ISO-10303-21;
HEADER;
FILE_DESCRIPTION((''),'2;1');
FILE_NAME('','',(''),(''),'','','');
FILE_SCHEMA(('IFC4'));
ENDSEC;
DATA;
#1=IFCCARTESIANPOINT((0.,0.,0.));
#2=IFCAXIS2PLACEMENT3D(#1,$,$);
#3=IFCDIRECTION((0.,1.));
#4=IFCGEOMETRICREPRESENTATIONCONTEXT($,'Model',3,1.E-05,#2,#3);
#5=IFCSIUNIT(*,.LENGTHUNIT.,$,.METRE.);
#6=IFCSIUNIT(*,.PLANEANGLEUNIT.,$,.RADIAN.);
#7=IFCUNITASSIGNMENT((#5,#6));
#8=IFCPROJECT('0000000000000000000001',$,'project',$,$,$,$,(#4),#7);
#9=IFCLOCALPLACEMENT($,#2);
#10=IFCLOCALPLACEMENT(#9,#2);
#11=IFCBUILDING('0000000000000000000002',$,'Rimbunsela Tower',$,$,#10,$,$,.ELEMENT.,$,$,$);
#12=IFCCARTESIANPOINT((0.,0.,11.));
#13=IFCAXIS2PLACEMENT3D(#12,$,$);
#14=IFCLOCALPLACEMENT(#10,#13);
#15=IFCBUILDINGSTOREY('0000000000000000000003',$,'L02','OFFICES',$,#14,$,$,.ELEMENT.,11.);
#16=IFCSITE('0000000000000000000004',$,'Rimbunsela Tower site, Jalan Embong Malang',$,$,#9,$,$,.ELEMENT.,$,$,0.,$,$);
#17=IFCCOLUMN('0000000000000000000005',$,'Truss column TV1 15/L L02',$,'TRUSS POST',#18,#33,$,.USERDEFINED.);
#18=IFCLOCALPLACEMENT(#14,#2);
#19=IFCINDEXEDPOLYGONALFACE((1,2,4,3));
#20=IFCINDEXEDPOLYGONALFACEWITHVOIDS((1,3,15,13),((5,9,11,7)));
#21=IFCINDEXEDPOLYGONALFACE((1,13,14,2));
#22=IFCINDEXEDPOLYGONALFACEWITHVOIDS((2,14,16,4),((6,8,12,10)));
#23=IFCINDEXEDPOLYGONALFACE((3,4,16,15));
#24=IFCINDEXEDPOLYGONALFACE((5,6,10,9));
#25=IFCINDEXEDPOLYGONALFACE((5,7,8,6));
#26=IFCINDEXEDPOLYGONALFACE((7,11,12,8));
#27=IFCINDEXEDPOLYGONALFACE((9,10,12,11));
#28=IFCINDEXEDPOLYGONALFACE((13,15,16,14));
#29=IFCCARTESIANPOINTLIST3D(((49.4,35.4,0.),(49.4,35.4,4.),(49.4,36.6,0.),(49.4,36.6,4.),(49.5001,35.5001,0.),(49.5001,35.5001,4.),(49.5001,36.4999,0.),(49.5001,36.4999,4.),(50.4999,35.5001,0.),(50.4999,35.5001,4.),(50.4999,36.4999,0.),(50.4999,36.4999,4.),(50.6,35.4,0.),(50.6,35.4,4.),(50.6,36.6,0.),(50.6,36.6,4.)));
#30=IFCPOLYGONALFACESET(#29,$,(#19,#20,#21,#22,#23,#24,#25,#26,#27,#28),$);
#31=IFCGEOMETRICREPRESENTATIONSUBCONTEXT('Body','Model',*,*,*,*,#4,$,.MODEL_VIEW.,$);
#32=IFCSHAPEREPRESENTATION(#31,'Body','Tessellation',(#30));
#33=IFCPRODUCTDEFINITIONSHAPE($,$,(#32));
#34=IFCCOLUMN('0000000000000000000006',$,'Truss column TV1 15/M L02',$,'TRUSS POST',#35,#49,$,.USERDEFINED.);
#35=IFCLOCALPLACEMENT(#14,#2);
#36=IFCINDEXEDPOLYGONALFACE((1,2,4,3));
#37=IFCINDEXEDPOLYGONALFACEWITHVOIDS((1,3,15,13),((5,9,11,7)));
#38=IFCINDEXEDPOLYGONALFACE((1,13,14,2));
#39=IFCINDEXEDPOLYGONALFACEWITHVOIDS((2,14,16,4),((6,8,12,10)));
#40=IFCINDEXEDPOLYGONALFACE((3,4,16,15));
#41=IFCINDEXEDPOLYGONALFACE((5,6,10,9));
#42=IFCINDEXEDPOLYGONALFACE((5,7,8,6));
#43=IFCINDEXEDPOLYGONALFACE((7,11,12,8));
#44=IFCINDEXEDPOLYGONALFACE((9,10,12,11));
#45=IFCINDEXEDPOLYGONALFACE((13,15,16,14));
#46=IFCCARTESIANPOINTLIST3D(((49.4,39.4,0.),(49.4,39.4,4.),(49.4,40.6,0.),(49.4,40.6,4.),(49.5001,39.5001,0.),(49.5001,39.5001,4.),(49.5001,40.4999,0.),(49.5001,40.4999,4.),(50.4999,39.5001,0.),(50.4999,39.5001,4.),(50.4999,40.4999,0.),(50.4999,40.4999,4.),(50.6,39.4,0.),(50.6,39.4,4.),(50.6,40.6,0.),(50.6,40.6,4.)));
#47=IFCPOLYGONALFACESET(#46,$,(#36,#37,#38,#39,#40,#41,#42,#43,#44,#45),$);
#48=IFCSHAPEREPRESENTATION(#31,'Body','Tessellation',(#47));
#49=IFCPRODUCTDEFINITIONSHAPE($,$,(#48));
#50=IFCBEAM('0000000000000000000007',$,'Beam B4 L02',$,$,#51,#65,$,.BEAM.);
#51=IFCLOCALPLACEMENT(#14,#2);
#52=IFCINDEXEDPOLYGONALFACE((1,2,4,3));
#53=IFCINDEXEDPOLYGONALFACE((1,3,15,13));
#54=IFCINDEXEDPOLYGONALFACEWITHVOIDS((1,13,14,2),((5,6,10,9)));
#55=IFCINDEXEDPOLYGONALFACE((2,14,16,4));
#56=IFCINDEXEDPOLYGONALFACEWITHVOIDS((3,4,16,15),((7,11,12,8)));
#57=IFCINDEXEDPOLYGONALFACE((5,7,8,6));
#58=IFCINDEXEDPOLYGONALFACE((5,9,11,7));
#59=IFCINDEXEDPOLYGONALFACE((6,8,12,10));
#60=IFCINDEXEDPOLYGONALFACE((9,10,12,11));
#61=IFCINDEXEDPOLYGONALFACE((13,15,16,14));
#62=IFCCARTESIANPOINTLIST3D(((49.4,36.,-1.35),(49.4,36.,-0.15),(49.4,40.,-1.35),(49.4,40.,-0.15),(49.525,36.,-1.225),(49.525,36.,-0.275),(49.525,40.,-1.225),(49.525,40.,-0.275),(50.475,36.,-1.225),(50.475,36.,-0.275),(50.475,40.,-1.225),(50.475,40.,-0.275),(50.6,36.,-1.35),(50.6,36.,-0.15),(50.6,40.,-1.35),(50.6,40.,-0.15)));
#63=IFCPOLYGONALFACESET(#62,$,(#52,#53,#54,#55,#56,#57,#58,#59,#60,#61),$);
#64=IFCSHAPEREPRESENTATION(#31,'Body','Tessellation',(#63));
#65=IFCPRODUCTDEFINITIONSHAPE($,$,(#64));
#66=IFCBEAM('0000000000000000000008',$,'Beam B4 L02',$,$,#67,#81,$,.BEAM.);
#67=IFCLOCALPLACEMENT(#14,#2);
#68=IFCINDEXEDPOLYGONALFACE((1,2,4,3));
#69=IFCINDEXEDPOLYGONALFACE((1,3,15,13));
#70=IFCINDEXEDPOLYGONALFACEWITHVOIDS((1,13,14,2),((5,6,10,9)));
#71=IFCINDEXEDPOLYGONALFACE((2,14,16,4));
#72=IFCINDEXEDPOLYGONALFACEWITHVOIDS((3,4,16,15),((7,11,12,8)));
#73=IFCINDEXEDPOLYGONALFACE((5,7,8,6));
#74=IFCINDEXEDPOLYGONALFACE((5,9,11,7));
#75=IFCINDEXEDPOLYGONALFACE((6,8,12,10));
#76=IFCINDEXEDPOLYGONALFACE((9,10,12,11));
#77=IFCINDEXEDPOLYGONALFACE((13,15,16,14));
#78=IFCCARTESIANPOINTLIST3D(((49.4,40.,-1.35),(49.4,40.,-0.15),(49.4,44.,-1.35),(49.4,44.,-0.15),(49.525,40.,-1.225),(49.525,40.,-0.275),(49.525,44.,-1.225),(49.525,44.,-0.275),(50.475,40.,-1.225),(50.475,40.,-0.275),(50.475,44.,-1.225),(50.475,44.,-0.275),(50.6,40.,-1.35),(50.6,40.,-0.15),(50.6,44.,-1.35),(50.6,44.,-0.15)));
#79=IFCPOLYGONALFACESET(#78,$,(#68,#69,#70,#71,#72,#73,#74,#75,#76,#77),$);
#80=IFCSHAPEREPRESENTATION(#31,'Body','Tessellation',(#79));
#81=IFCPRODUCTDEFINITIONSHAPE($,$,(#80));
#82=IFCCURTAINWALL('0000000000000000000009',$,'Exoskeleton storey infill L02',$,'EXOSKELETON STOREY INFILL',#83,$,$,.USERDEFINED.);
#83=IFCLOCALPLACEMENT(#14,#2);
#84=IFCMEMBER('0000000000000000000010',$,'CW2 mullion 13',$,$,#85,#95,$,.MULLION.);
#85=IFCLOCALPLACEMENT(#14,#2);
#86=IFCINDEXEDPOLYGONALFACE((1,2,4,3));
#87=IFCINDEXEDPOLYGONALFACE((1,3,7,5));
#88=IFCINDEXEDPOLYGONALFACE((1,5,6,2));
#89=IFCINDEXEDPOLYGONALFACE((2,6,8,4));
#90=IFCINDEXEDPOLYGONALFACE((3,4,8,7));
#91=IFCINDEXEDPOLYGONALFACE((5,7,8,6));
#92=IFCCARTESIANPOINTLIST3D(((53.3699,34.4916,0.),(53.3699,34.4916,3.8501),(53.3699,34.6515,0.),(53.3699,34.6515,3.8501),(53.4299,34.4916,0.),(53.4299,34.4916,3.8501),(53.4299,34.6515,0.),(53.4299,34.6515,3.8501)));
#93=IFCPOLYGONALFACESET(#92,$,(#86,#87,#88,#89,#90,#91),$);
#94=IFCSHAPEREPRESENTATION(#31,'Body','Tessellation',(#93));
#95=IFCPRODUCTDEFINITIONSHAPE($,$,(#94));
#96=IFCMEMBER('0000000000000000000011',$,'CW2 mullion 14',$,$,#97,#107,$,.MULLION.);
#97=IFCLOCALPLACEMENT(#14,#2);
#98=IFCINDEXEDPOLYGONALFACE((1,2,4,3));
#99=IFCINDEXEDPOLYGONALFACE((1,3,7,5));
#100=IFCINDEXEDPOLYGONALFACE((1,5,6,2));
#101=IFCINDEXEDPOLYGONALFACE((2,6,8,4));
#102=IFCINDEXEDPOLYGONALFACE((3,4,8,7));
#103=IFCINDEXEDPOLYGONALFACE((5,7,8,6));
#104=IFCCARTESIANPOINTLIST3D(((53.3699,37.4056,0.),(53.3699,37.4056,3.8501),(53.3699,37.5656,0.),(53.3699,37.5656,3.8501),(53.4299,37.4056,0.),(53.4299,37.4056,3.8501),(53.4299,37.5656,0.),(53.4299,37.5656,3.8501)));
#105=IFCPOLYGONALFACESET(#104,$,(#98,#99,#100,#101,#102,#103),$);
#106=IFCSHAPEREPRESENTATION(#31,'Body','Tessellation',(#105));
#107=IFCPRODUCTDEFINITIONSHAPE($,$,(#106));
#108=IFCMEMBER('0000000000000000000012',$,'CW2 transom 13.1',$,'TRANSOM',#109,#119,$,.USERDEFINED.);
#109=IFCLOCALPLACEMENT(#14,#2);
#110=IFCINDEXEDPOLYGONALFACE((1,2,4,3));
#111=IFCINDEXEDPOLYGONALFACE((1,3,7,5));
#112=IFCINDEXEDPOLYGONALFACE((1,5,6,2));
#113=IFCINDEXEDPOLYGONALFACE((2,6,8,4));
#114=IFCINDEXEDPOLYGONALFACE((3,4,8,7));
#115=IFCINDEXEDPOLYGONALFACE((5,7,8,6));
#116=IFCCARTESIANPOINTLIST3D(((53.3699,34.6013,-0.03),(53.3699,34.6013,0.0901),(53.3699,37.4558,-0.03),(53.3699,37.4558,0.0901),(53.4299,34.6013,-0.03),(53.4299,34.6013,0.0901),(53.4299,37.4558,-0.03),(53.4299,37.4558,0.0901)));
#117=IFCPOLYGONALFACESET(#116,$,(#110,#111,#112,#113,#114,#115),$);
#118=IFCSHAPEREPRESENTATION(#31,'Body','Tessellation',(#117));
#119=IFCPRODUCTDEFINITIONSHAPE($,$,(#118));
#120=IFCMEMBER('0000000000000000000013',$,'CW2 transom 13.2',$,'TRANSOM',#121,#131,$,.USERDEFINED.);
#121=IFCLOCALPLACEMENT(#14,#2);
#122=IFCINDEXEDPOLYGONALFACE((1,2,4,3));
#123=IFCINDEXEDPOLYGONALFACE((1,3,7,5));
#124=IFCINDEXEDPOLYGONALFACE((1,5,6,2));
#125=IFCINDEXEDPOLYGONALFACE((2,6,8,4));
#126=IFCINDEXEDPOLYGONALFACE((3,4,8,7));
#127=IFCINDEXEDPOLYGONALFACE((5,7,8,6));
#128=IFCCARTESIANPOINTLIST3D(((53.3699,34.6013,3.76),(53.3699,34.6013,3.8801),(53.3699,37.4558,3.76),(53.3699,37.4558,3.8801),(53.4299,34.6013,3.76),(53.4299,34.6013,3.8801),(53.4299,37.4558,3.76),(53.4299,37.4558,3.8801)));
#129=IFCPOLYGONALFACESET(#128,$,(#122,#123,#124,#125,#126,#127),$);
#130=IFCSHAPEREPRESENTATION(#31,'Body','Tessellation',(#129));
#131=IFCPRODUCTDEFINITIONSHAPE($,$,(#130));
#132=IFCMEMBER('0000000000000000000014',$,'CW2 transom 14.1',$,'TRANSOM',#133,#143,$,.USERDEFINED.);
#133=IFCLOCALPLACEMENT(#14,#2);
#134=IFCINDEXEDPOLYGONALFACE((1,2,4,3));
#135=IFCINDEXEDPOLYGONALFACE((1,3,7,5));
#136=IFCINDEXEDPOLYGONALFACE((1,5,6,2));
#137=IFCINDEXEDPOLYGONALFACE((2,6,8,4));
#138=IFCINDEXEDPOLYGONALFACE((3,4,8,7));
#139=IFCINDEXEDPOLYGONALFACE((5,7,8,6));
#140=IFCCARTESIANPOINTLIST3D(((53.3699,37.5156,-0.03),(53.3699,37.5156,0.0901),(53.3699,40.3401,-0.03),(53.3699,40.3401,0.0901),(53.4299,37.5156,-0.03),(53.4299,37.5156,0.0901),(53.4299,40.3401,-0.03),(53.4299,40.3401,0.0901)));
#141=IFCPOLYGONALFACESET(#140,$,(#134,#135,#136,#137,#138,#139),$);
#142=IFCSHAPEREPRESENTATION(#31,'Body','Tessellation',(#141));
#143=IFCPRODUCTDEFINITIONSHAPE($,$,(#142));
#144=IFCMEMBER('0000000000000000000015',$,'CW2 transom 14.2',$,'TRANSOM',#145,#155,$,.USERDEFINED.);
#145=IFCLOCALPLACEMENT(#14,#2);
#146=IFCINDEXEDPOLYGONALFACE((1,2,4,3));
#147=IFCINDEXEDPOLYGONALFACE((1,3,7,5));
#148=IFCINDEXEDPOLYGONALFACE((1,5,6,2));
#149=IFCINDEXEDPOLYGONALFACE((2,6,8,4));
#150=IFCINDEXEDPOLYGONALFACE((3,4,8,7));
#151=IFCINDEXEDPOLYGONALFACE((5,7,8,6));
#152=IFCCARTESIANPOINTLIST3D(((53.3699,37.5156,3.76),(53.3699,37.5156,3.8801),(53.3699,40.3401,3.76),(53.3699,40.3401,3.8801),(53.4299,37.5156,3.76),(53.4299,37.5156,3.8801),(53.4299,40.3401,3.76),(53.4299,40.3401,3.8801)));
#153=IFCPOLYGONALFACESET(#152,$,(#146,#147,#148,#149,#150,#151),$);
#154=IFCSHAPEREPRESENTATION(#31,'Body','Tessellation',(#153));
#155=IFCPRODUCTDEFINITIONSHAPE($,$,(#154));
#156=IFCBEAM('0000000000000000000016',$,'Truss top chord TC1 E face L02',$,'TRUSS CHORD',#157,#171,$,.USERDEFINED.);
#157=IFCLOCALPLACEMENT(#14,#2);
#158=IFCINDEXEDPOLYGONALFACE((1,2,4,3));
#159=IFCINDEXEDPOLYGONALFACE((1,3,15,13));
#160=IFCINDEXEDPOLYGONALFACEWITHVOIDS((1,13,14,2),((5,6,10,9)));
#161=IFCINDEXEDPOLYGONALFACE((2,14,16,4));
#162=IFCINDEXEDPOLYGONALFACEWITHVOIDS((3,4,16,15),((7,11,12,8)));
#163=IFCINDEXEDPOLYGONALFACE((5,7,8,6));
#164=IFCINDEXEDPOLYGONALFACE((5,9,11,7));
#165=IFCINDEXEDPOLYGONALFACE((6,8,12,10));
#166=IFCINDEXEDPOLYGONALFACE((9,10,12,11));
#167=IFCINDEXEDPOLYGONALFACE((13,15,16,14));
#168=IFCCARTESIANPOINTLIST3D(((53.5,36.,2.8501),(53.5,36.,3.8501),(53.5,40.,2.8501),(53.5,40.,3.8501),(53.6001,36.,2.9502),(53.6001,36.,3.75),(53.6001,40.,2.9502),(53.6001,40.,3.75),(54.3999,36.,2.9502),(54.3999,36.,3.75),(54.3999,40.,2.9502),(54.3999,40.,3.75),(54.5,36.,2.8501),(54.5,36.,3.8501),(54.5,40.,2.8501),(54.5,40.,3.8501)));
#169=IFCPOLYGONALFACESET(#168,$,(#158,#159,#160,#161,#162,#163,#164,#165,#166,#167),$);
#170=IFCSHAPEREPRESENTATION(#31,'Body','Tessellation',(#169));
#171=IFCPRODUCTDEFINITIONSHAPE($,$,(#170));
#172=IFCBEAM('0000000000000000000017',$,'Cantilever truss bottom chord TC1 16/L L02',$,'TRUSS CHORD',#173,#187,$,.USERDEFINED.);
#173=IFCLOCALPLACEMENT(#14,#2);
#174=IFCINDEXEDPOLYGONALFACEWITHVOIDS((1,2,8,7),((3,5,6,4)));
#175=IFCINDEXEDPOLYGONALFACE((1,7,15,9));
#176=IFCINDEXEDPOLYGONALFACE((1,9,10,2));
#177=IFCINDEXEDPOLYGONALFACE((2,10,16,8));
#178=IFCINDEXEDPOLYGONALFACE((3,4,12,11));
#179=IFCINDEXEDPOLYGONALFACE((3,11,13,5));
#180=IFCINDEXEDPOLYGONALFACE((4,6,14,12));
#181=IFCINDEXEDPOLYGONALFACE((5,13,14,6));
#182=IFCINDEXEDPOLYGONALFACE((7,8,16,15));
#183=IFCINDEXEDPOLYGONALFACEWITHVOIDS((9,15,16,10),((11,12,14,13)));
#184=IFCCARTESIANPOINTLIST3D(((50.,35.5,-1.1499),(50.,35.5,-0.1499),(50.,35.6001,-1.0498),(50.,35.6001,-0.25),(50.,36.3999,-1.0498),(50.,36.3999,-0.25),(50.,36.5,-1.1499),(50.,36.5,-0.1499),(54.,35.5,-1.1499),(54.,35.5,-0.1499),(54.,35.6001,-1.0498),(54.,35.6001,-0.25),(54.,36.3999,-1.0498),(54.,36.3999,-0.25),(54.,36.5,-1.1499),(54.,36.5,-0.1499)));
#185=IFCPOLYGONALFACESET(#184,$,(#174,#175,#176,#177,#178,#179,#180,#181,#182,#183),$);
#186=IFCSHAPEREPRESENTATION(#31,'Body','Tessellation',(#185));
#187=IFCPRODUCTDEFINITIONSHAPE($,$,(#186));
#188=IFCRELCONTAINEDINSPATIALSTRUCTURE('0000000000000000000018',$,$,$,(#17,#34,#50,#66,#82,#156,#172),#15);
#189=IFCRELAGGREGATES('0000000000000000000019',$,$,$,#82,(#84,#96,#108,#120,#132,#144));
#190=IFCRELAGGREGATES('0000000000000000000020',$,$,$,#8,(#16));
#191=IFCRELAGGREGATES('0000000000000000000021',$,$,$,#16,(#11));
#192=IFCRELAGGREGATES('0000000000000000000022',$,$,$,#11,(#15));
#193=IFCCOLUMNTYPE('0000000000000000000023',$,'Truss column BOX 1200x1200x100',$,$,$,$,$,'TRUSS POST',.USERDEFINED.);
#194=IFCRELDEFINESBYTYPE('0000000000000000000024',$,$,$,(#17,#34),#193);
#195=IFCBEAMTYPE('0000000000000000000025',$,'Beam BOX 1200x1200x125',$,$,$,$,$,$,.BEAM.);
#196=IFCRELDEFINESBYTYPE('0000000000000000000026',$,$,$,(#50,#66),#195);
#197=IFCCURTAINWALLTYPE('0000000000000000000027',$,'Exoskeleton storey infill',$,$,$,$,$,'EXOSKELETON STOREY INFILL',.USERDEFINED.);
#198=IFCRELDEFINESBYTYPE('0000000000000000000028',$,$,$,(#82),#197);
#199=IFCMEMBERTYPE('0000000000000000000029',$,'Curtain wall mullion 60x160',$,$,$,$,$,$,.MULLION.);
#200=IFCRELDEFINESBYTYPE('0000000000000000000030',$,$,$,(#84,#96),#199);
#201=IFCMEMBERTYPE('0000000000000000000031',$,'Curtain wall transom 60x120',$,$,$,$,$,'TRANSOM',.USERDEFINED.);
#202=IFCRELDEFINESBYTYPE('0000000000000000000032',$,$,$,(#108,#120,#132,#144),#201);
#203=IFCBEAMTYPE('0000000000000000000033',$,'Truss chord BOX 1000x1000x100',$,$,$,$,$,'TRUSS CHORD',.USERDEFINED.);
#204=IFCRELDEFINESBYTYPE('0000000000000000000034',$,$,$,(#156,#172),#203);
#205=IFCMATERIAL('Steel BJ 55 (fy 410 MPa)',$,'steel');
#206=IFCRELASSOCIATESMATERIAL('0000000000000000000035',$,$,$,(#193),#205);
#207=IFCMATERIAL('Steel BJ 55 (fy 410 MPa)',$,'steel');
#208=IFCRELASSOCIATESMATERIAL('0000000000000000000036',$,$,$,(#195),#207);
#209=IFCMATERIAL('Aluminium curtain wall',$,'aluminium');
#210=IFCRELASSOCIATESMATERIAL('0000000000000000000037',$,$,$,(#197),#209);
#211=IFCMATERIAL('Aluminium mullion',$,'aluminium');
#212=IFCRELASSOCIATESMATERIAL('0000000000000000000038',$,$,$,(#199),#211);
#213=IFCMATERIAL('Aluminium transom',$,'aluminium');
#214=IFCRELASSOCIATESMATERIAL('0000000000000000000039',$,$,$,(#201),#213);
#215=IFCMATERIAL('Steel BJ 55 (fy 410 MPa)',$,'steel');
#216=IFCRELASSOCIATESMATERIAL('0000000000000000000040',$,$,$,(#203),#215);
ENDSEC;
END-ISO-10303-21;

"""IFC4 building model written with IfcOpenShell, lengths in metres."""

from ifc_helpers import new_model, si_unit, direction, frame, origin, origin_2d, place, context, subcontext, project, spatial, rectangle, hollow_rectangle, extrude, material, material_profile, profile_set, type_object, element, aggregate, save


model = new_model("IFC4")

# Units and contexts
model_context = context("Model", 3, precision=1e-05, world=origin(), true_north=direction((0.0, 1.0)))
body_context = subcontext(model_context, "Body", "Model", "MODEL_VIEW")
ifc_project = project(units=[si_unit("LENGTHUNIT", "METRE"), si_unit("PLANEANGLEUNIT", "RADIAN")], contexts=[model_context])

# Site, building, storey
site_placement = place(None, origin())
site = spatial("IfcSite", under=ifc_project, at=site_placement, Name="Rimbunsela Tower site, Jalan Embong Malang", CompositionType="ELEMENT", RefElevation=0.0)
building_placement = place(site_placement, origin())
building = spatial("IfcBuilding", under=site, at=building_placement, Name="Rimbunsela Tower", CompositionType="ELEMENT")
storey_placement = place(building_placement, frame((0.0, 0.0, 11.0)))
storey = spatial("IfcBuildingStorey", under=building, at=storey_placement, Name="L02", Description="OFFICES", CompositionType="ELEMENT", Elevation=11.0)

# Columns
ifc_material_1 = material(Name="Steel BJ 55 (fy 410 MPa)", Category="steel")
ifc_material_profile_1 = material_profile(ifc_material_1, hollow_rectangle(XDim=1.2, YDim=1.2, WallThickness=0.1001, at=origin_2d()), Name="BOX 1200x1200x100")
ifc_profile_set_1 = profile_set([ifc_material_profile_1], Name="Steel BJ 55 (fy 410 MPa)")
column_type = type_object("IfcColumnType", Name="Truss column BOX 1200x1200x100", ElementType="TRUSS POST", PredefinedType="USERDEFINED", material=ifc_profile_set_1)
for number, where, z_axis, x_axis, name in (
    (1, (50.0, 36.0, 0.0), (0.0, 0.0, 1.0), (1.0, 0.0, 0.0), "Truss column TV1 15/L L02"),
    (2, (50.0, 40.0, 0.0), (0.0, 0.0, 1.0), (1.0, 0.0, 0.0), "Truss column TV1 15/M L02"),
):
    element("IfcColumn", number, at=place(storey_placement, frame(where, z_axis=z_axis, x_axis=x_axis)), inside=storey, type_object=column_type, Name=name, ObjectType="TRUSS POST", PredefinedType="USERDEFINED", context=body_context, shape_type="SweptSolid", body=[
        extrude(hollow_rectangle(XDim=1.2, YDim=1.2, WallThickness=0.1001, at=origin_2d()), origin(), (0.0, 0.0, 1.0), 4.0),
    ])

# Beams
ifc_material_2 = material(Name="Steel BJ 55 (fy 410 MPa)", Category="steel")
ifc_material_profile_2 = material_profile(ifc_material_2, hollow_rectangle(XDim=1.2, YDim=1.2, WallThickness=0.125, at=origin_2d()), Name="BOX 1200x1200x125")
ifc_profile_set_2 = profile_set([ifc_material_profile_2], Name="Steel BJ 55 (fy 410 MPa)")
beam_type_1 = type_object("IfcBeamType", Name="Beam BOX 1200x1200x125", PredefinedType="BEAM", material=ifc_profile_set_2)
for number, where, z_axis, x_axis, name in (
    (3, (50.0, 36.0, -0.75), (0.0, 1.0, 0.0), (-1.0, 0.0, 0.0), "Beam B4 L02"),
    (4, (50.0, 40.0, -0.75), (0.0, 1.0, 0.0), (-1.0, 0.0, 0.0), "Beam B4 L02"),
):
    element("IfcBeam", number, at=place(storey_placement, frame(where, z_axis=z_axis, x_axis=x_axis)), inside=storey, type_object=beam_type_1, Name=name, PredefinedType="BEAM", context=body_context, shape_type="SweptSolid", body=[
        extrude(hollow_rectangle(XDim=1.2, YDim=1.2, WallThickness=0.125, at=origin_2d()), origin(), (0.0, 0.0, 1.0), 4.0),
    ])

# Curtain wall, members
ifc_material_3 = material(Name="Aluminium curtain wall", Category="aluminium")
curtain_wall_type = type_object("IfcCurtainWallType", Name="Exoskeleton storey infill", ElementType="EXOSKELETON STOREY INFILL", PredefinedType="USERDEFINED", material=ifc_material_3)
curtain_wall_placement = place(storey_placement, origin())
curtain_wall = element("IfcCurtainWall", 5, at=curtain_wall_placement, inside=storey, type_object=curtain_wall_type, Name="Exoskeleton storey infill L02", ObjectType="EXOSKELETON STOREY INFILL", PredefinedType="USERDEFINED")
ifc_material_4 = material(Name="Aluminium mullion", Category="aluminium")
ifc_material_profile_3 = material_profile(ifc_material_4, rectangle(XDim=0.0601, YDim=0.1599, at=origin_2d()), Name="Mullion 60x160")
ifc_profile_set_3 = profile_set([ifc_material_profile_3], Name="Aluminium mullion")
member_type_1 = type_object("IfcMemberType", Name="Curtain wall mullion 60x160", PredefinedType="MULLION", material=ifc_profile_set_3)
member_1_placement = place(storey_placement, frame((53.3999, 34.5715, 0.0), z_axis=(0.0, 0.0, 1.0), x_axis=(-1.0, 0.0, 0.0)))
member_1 = element("IfcMember", 6, at=member_1_placement, type_object=member_type_1, Name="CW2 mullion 13", PredefinedType="MULLION", context=body_context, shape_type="SweptSolid", body=[
    extrude(rectangle(XDim=0.0601, YDim=0.1599, at=origin_2d()), origin(), (0.0, 0.0, 1.0), 3.8501),
])
member_2_placement = place(storey_placement, frame((53.3999, 37.4856, 0.0), z_axis=(0.0, 0.0, 1.0), x_axis=(-1.0, 0.0, 0.0)))
member_2 = element("IfcMember", 7, at=member_2_placement, type_object=member_type_1, Name="CW2 mullion 14", PredefinedType="MULLION", context=body_context, shape_type="SweptSolid", body=[
    extrude(rectangle(XDim=0.0601, YDim=0.1599, at=origin_2d()), origin(), (0.0, 0.0, 1.0), 3.8501),
])
ifc_material_5 = material(Name="Aluminium transom", Category="aluminium")
ifc_material_profile_4 = material_profile(ifc_material_5, rectangle(XDim=0.0601, YDim=0.1201, at=origin_2d()), Name="Transom 60x120")
ifc_profile_set_4 = profile_set([ifc_material_profile_4], Name="Aluminium transom")
member_type_2 = type_object("IfcMemberType", Name="Curtain wall transom 60x120", ElementType="TRANSOM", PredefinedType="USERDEFINED", material=ifc_profile_set_4)
member_3_placement = place(storey_placement, frame((53.3999, 34.6013, 0.03), z_axis=(0.0, 1.0, 0.0), x_axis=(-1.0, 0.0, 0.0)))
member_3 = element("IfcMember", 8, at=member_3_placement, type_object=member_type_2, Name="CW2 transom 13.1", ObjectType="TRANSOM", PredefinedType="USERDEFINED", context=body_context, shape_type="SweptSolid", body=[
    extrude(rectangle(XDim=0.0601, YDim=0.1201, at=origin_2d()), origin(), (0.0, 0.0, 1.0), 2.8545),
])
member_4_placement = place(storey_placement, frame((53.3999, 34.6013, 3.8201), z_axis=(0.0, 1.0, 0.0), x_axis=(-1.0, 0.0, 0.0)))
member_4 = element("IfcMember", 9, at=member_4_placement, type_object=member_type_2, Name="CW2 transom 13.2", ObjectType="TRANSOM", PredefinedType="USERDEFINED", context=body_context, shape_type="SweptSolid", body=[
    extrude(rectangle(XDim=0.0601, YDim=0.1201, at=origin_2d()), origin(), (0.0, 0.0, 1.0), 2.8545),
])
member_5_placement = place(storey_placement, frame((53.3999, 37.5156, 0.03), z_axis=(0.0, 1.0, 0.0), x_axis=(-1.0, 0.0, 0.0)))
member_5 = element("IfcMember", 10, at=member_5_placement, type_object=member_type_2, Name="CW2 transom 14.1", ObjectType="TRANSOM", PredefinedType="USERDEFINED", context=body_context, shape_type="SweptSolid", body=[
    extrude(rectangle(XDim=0.0601, YDim=0.1201, at=origin_2d()), origin(), (0.0, 0.0, 1.0), 2.8245),
])
member_6_placement = place(storey_placement, frame((53.3999, 37.5156, 3.8201), z_axis=(0.0, 1.0, 0.0), x_axis=(-1.0, 0.0, 0.0)))
member_6 = element("IfcMember", 11, at=member_6_placement, type_object=member_type_2, Name="CW2 transom 14.2", ObjectType="TRANSOM", PredefinedType="USERDEFINED", context=body_context, shape_type="SweptSolid", body=[
    extrude(rectangle(XDim=0.0601, YDim=0.1201, at=origin_2d()), origin(), (0.0, 0.0, 1.0), 2.8245),
])

# Beams
ifc_material_6 = material(Name="Steel BJ 55 (fy 410 MPa)", Category="steel")
ifc_material_profile_5 = material_profile(ifc_material_6, hollow_rectangle(XDim=1.0, YDim=1.0, WallThickness=0.1001, at=origin_2d()), Name="BOX 1000x1000x100")
ifc_profile_set_5 = profile_set([ifc_material_profile_5], Name="Steel BJ 55 (fy 410 MPa)")
beam_type_2 = type_object("IfcBeamType", Name="Truss chord BOX 1000x1000x100", ElementType="TRUSS CHORD", PredefinedType="USERDEFINED", material=ifc_profile_set_5)
for number, where, z_axis, x_axis, name in (
    (12, (54.0, 36.0, 3.3501), (0.0, 1.0, 0.0), (-1.0, 0.0, 0.0), "Truss top chord TC1 E face L02"),
    (13, (50.0, 36.0, -0.6499), (1.0, 0.0, 0.0), (0.0, 1.0, 0.0), "Cantilever truss bottom chord TC1 16/L L02"),
):
    element("IfcBeam", number, at=place(storey_placement, frame(where, z_axis=z_axis, x_axis=x_axis)), inside=storey, type_object=beam_type_2, Name=name, ObjectType="TRUSS CHORD", PredefinedType="USERDEFINED", context=body_context, shape_type="SweptSolid", body=[
        extrude(hollow_rectangle(XDim=1.0, YDim=1.0, WallThickness=0.1001, at=origin_2d()), origin(), (0.0, 0.0, 1.0), 4.0),
    ])

aggregate(curtain_wall, [member_1, member_2, member_3, member_4, member_5, member_6])

save(model, "model.ifc")
